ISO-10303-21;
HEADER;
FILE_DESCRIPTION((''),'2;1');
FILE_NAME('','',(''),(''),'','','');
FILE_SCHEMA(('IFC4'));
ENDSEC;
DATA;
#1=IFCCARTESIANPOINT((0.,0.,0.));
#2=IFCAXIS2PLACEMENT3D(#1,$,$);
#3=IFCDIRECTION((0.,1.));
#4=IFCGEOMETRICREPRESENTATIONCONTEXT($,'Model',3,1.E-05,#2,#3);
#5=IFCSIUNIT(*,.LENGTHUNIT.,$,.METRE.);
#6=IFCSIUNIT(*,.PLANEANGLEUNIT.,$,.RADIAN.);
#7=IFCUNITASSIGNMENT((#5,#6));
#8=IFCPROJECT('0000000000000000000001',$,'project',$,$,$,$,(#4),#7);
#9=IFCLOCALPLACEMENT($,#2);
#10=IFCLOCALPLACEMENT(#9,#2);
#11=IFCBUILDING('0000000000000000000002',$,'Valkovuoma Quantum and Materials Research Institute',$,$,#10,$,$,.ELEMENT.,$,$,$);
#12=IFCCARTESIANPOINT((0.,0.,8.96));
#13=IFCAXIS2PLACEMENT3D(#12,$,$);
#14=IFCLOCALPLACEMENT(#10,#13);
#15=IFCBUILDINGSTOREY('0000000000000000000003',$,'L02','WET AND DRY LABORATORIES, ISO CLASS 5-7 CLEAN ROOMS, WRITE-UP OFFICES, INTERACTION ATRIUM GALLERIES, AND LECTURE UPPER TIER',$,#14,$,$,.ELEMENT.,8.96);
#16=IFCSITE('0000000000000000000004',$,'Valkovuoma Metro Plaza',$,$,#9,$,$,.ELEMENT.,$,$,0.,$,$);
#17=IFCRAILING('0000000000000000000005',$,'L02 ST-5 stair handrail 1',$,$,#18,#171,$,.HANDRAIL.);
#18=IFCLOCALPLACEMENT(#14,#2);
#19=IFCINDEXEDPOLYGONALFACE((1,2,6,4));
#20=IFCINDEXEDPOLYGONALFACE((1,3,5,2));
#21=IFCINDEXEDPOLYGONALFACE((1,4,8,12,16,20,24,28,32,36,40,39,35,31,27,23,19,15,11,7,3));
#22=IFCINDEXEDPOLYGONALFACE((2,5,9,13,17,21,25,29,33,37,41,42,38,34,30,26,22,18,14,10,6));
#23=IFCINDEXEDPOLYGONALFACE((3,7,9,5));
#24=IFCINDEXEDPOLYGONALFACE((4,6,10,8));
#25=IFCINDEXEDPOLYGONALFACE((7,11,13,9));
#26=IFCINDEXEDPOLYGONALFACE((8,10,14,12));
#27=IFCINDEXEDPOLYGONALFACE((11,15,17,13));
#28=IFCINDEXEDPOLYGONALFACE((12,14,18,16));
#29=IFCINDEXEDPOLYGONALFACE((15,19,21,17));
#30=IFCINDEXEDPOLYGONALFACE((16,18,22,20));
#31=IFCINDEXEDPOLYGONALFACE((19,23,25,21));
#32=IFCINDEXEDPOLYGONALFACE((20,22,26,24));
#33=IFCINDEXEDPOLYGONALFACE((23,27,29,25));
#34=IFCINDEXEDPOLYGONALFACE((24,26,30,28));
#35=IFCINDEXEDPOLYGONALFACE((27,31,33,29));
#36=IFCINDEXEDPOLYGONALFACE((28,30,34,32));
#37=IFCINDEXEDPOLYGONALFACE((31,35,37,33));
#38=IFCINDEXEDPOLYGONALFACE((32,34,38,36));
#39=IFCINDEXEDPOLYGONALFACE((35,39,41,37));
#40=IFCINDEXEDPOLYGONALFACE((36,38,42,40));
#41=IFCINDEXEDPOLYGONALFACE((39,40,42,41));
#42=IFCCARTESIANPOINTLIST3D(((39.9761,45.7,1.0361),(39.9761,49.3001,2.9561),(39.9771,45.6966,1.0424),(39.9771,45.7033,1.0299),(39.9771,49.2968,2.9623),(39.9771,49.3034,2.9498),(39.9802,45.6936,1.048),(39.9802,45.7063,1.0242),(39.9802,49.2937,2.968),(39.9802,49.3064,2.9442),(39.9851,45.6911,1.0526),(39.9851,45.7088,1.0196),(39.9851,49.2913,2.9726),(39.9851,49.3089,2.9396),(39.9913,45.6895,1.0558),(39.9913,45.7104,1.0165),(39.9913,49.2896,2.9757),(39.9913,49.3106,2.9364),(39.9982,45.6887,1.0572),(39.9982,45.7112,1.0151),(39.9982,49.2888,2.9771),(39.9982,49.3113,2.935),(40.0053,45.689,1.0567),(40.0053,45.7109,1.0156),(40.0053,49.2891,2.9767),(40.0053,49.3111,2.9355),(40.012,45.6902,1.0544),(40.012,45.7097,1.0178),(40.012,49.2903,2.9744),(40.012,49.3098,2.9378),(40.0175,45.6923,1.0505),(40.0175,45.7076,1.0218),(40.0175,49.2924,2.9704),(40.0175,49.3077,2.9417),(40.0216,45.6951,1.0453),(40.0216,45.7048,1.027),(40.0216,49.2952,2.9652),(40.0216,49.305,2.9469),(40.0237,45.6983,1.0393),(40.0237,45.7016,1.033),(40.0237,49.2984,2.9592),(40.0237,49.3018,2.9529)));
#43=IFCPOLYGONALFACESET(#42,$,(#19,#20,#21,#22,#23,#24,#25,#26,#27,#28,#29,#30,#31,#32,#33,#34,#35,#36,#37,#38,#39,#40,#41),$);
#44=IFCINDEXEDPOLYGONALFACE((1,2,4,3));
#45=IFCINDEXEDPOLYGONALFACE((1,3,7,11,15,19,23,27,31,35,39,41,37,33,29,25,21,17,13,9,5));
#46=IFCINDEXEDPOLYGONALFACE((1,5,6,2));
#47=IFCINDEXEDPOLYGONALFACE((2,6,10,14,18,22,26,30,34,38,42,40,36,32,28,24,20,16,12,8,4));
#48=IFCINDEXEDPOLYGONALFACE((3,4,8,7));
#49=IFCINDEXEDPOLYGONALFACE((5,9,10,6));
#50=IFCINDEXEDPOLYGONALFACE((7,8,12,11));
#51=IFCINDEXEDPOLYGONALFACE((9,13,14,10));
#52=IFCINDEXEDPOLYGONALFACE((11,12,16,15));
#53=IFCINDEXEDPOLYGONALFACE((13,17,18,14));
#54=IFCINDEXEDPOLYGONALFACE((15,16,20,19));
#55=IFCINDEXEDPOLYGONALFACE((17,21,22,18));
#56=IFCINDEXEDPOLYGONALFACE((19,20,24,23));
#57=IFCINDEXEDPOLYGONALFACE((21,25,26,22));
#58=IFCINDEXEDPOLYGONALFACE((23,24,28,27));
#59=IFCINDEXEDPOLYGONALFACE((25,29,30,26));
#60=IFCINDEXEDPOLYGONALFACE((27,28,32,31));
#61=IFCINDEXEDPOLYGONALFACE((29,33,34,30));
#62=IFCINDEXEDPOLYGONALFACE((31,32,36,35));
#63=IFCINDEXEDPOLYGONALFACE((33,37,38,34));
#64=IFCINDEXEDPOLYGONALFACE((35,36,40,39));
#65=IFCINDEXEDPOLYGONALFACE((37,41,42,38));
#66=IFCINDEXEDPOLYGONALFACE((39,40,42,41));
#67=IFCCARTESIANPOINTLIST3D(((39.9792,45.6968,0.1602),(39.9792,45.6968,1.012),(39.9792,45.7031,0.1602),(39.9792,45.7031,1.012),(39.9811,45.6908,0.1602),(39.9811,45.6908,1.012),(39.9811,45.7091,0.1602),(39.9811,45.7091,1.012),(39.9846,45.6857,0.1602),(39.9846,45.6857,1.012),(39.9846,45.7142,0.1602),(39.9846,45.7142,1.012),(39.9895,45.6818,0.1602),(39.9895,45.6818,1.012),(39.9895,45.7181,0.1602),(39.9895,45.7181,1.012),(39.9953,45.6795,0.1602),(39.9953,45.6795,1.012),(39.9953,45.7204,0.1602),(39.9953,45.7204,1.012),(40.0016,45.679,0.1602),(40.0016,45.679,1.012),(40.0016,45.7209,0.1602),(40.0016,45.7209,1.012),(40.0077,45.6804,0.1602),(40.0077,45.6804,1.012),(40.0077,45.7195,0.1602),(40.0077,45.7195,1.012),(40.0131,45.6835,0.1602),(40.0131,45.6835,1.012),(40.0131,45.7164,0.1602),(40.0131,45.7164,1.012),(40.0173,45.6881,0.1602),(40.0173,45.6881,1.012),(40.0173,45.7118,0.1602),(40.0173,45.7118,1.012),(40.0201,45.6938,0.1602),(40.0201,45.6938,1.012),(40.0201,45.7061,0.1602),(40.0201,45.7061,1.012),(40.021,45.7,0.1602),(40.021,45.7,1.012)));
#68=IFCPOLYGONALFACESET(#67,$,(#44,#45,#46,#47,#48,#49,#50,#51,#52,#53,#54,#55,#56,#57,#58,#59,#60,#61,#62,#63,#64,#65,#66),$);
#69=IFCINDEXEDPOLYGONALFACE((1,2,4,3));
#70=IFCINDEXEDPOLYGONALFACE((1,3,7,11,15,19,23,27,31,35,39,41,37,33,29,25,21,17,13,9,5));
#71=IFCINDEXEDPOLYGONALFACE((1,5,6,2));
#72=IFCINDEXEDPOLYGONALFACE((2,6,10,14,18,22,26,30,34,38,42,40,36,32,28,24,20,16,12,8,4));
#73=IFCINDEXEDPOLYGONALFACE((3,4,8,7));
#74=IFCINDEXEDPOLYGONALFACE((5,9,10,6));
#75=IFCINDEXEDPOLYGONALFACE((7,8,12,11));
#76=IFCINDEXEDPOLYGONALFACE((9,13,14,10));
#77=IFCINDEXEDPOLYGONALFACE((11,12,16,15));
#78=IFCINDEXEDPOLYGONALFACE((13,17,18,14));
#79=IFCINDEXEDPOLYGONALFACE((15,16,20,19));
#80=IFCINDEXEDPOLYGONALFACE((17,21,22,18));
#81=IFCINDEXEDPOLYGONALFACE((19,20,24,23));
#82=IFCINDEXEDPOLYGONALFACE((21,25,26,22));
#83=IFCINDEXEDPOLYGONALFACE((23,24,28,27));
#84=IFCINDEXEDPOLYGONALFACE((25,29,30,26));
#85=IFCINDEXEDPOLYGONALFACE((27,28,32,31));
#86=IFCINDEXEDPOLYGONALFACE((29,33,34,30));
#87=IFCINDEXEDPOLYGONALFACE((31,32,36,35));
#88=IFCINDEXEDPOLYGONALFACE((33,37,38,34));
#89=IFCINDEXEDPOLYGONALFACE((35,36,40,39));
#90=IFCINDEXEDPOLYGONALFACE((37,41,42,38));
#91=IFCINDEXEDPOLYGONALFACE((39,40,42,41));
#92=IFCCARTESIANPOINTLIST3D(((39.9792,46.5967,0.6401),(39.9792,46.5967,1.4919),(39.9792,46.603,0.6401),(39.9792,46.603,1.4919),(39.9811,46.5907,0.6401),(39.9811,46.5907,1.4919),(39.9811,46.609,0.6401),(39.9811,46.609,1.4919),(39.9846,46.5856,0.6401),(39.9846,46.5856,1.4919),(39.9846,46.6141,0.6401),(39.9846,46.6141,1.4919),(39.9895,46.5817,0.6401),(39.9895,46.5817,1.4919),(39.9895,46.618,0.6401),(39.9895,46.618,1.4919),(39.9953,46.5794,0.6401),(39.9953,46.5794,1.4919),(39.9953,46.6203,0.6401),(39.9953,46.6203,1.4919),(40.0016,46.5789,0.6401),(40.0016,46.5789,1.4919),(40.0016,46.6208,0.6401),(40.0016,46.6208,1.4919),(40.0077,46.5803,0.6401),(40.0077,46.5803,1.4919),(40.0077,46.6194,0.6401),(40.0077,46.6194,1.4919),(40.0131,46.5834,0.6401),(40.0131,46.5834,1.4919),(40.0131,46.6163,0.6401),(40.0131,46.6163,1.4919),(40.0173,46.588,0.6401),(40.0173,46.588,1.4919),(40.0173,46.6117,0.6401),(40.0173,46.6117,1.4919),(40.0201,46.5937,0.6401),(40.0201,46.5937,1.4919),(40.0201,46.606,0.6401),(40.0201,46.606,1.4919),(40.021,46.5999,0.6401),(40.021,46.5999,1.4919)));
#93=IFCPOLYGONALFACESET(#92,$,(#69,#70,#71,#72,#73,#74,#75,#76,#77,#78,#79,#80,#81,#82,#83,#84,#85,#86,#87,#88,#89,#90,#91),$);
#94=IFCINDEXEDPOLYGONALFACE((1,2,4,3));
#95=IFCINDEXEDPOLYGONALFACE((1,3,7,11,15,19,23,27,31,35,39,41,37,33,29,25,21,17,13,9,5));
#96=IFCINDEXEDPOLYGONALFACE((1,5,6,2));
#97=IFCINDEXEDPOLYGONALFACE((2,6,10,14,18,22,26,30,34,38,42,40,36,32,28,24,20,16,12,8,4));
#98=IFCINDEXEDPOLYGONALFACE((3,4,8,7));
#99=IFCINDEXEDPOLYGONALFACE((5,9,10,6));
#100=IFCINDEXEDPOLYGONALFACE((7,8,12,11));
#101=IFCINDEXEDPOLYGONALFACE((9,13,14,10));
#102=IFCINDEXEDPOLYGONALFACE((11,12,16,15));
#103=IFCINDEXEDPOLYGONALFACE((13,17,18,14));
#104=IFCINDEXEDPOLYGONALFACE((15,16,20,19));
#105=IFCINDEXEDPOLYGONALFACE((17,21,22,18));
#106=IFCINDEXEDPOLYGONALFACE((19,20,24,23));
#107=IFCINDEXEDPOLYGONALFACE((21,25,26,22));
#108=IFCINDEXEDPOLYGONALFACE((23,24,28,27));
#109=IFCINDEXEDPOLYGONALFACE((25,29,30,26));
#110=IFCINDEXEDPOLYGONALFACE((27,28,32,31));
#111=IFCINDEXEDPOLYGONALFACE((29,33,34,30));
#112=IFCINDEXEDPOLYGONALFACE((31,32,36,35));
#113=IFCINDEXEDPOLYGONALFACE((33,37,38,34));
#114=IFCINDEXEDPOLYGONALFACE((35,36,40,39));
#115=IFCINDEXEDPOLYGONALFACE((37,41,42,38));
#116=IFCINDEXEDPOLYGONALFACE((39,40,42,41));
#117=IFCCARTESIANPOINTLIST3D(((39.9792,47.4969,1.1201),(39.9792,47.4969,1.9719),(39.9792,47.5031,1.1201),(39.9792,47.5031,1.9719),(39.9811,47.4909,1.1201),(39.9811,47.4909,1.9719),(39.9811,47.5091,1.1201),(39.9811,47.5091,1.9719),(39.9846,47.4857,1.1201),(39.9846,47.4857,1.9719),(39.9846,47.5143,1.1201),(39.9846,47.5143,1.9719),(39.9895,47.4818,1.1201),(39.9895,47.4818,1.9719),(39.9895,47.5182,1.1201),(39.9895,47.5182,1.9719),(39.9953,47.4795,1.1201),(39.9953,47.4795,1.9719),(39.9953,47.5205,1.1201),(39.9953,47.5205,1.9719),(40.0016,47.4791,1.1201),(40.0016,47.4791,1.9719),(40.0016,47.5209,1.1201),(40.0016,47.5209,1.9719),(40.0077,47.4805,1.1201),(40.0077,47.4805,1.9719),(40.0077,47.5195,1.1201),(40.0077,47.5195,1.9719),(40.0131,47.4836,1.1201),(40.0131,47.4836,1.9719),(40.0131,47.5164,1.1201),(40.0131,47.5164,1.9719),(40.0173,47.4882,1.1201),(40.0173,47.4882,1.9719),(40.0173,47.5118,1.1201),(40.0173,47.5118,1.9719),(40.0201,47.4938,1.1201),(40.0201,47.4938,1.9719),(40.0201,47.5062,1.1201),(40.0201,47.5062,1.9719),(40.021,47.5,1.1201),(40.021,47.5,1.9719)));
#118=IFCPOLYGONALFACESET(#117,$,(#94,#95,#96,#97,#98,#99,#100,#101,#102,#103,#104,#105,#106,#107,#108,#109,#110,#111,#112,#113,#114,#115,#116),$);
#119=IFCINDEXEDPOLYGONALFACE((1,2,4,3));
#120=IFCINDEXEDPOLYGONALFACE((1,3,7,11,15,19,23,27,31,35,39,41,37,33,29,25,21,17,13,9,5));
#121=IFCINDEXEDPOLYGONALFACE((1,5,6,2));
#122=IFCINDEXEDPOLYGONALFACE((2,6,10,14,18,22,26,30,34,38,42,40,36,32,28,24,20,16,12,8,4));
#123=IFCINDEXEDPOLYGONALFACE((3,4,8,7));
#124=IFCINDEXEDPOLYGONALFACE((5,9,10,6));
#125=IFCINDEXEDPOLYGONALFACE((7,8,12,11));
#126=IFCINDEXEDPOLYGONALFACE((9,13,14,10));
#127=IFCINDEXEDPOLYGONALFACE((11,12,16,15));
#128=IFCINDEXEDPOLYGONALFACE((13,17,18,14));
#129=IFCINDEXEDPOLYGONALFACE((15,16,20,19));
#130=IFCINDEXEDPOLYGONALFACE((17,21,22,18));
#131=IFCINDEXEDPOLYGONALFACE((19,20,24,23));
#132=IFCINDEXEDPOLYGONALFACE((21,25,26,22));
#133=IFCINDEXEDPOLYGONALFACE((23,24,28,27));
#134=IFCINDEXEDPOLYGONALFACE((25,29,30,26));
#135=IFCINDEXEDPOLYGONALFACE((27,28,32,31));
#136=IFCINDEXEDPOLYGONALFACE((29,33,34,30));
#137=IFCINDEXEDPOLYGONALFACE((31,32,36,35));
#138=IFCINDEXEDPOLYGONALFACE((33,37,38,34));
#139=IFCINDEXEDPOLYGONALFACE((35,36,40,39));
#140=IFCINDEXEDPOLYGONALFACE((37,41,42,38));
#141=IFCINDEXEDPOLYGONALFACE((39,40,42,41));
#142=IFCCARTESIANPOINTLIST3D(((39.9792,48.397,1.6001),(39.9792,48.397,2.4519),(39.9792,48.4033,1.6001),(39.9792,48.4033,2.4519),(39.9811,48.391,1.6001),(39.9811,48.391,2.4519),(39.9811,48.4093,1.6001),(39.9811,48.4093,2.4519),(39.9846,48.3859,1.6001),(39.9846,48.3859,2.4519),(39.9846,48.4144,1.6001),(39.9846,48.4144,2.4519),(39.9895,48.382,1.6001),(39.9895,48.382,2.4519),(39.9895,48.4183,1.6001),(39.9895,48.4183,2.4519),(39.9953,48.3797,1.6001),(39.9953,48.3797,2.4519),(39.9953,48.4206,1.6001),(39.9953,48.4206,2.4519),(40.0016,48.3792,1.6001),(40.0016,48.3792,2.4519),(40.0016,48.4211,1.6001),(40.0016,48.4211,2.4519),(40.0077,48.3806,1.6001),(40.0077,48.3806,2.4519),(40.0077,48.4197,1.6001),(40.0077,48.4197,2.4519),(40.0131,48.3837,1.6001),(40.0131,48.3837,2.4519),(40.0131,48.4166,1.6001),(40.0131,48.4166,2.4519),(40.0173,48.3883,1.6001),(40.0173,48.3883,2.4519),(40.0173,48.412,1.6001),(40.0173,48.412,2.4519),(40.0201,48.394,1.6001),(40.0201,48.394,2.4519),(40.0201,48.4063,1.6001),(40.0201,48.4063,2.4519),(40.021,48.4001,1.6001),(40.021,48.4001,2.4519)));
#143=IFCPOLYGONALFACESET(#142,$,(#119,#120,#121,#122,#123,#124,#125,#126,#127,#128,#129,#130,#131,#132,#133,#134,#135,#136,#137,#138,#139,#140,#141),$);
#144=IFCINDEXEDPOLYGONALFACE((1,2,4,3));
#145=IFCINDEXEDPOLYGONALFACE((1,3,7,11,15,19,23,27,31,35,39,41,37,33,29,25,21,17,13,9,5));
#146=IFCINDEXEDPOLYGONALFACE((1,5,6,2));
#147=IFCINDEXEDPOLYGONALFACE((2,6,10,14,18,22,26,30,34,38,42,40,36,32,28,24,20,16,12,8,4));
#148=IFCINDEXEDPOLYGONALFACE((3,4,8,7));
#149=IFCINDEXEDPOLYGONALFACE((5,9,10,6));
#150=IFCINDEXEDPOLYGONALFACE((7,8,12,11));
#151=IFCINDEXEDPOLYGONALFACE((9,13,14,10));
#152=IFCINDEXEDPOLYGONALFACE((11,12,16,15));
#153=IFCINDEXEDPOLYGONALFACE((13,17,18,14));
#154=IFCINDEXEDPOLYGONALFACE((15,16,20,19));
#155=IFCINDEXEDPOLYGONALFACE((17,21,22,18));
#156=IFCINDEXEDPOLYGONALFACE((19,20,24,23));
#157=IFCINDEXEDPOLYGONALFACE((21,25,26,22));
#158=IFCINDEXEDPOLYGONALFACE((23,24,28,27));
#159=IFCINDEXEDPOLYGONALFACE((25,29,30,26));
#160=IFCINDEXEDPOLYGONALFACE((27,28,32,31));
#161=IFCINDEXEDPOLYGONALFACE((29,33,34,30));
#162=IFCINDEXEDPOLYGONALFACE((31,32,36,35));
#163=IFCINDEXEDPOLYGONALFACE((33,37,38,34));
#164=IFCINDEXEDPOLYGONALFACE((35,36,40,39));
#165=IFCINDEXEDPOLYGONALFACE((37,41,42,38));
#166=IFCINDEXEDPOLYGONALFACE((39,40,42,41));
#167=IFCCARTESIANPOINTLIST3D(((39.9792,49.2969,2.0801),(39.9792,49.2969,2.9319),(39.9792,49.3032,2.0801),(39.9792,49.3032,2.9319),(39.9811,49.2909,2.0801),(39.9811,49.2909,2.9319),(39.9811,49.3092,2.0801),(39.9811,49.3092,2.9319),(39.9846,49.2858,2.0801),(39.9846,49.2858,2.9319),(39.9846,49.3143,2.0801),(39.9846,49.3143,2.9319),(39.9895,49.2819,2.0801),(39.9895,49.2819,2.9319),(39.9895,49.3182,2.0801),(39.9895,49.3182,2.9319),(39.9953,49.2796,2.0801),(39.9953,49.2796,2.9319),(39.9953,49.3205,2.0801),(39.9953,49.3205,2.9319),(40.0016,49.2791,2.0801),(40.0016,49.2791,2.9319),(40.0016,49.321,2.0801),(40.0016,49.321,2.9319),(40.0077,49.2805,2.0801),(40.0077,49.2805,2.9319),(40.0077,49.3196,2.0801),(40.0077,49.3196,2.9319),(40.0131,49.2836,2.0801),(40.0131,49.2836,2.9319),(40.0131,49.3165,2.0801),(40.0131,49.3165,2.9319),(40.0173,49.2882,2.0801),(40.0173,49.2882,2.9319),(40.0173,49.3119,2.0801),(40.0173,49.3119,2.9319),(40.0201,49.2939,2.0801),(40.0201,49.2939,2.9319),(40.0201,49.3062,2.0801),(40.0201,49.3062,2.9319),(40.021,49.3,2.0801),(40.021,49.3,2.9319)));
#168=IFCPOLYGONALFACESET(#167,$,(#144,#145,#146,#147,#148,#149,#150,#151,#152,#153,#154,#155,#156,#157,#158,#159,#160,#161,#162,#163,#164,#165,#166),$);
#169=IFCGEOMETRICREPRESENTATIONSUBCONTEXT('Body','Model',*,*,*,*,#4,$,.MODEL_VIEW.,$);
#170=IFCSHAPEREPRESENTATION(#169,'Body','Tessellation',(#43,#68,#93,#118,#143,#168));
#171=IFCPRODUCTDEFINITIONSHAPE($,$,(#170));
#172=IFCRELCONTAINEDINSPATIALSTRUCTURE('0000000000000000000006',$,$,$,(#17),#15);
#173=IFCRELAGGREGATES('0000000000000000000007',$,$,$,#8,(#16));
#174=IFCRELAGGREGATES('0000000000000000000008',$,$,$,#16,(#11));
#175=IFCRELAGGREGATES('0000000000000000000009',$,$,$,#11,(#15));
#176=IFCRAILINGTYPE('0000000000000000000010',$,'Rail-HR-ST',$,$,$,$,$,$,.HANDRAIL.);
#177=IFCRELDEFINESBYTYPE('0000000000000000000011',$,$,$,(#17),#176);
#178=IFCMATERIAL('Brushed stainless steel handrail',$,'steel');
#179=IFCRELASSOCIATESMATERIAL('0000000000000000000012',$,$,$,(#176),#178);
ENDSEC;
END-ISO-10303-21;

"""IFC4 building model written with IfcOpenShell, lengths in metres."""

from ifc_helpers import new_model, si_unit, direction, frame, origin, origin_2d, place, context, subcontext, project, spatial, circle, extrude, material, type_object, element, save


model = new_model("IFC4")

# Units and contexts
model_context = context("Model", 3, precision=1e-05, world=origin(), true_north=direction((0.0, 1.0)))
body_context = subcontext(model_context, "Body", "Model", "MODEL_VIEW")
ifc_project = project(units=[si_unit("LENGTHUNIT", "METRE"), si_unit("PLANEANGLEUNIT", "RADIAN")], contexts=[model_context])

# Site, building, storey
site_placement = place(None, origin())
site = spatial("IfcSite", under=ifc_project, at=site_placement, Name="Valkovuoma Metro Plaza", CompositionType="ELEMENT", RefElevation=0.0)
building_placement = place(site_placement, origin())
building = spatial("IfcBuilding", under=site, at=building_placement, Name="Valkovuoma Quantum and Materials Research Institute", CompositionType="ELEMENT")
storey_placement = place(building_placement, frame((0.0, 0.0, 8.96)))
storey = spatial("IfcBuildingStorey", under=building, at=storey_placement, Name="L02", Description="WET AND DRY LABORATORIES, ISO CLASS 5-7 CLEAN ROOMS, WRITE-UP OFFICES, INTERACTION ATRIUM GALLERIES, AND LECTURE UPPER TIER", CompositionType="ELEMENT", Elevation=8.96)

# Railing
ifc_material_1 = material(Name="Brushed stainless steel handrail", Category="steel")
railing_type_1 = type_object("IfcRailingType", Name="Rail-HR-ST", PredefinedType="HANDRAIL", material=ifc_material_1)
railing_1_placement = place(storey_placement, frame((40.0, 45.7, 0.1602)))
element("IfcRailing", 1, at=railing_1_placement, inside=storey, type_object=railing_type_1, Name="L02 ST-5 stair handrail 1", PredefinedType="HANDRAIL", context=body_context, shape_type="SweptSolid", body=[
    extrude(circle(Radius=0.0239, at=origin_2d()), frame((0.0, 0.0, 0.876), z_axis=(0.0, 0.882366, 0.470563), x_axis=(-1.0, 0.0, 0.0)), (0.0, 0.0, 1.0), 4.0801),
    extrude(circle(Radius=0.021, at=origin_2d()), origin(), (0.0, 0.0, 1.0), 0.8518),
    extrude(circle(Radius=0.021, at=origin_2d()), frame((0.0, 0.8999, 0.48)), (0.0, 0.0, 1.0), 0.8518),
    extrude(circle(Radius=0.021, at=origin_2d()), frame((0.0, 1.8, 0.96)), (0.0, 0.0, 1.0), 0.8518),
    extrude(circle(Radius=0.021, at=origin_2d()), frame((0.0, 2.7002, 1.4399)), (0.0, 0.0, 1.0), 0.8518),
    extrude(circle(Radius=0.021, at=origin_2d()), frame((0.0, 3.6001, 1.9199)), (0.0, 0.0, 1.0), 0.8518),
])

save(model, "model.ifc")
